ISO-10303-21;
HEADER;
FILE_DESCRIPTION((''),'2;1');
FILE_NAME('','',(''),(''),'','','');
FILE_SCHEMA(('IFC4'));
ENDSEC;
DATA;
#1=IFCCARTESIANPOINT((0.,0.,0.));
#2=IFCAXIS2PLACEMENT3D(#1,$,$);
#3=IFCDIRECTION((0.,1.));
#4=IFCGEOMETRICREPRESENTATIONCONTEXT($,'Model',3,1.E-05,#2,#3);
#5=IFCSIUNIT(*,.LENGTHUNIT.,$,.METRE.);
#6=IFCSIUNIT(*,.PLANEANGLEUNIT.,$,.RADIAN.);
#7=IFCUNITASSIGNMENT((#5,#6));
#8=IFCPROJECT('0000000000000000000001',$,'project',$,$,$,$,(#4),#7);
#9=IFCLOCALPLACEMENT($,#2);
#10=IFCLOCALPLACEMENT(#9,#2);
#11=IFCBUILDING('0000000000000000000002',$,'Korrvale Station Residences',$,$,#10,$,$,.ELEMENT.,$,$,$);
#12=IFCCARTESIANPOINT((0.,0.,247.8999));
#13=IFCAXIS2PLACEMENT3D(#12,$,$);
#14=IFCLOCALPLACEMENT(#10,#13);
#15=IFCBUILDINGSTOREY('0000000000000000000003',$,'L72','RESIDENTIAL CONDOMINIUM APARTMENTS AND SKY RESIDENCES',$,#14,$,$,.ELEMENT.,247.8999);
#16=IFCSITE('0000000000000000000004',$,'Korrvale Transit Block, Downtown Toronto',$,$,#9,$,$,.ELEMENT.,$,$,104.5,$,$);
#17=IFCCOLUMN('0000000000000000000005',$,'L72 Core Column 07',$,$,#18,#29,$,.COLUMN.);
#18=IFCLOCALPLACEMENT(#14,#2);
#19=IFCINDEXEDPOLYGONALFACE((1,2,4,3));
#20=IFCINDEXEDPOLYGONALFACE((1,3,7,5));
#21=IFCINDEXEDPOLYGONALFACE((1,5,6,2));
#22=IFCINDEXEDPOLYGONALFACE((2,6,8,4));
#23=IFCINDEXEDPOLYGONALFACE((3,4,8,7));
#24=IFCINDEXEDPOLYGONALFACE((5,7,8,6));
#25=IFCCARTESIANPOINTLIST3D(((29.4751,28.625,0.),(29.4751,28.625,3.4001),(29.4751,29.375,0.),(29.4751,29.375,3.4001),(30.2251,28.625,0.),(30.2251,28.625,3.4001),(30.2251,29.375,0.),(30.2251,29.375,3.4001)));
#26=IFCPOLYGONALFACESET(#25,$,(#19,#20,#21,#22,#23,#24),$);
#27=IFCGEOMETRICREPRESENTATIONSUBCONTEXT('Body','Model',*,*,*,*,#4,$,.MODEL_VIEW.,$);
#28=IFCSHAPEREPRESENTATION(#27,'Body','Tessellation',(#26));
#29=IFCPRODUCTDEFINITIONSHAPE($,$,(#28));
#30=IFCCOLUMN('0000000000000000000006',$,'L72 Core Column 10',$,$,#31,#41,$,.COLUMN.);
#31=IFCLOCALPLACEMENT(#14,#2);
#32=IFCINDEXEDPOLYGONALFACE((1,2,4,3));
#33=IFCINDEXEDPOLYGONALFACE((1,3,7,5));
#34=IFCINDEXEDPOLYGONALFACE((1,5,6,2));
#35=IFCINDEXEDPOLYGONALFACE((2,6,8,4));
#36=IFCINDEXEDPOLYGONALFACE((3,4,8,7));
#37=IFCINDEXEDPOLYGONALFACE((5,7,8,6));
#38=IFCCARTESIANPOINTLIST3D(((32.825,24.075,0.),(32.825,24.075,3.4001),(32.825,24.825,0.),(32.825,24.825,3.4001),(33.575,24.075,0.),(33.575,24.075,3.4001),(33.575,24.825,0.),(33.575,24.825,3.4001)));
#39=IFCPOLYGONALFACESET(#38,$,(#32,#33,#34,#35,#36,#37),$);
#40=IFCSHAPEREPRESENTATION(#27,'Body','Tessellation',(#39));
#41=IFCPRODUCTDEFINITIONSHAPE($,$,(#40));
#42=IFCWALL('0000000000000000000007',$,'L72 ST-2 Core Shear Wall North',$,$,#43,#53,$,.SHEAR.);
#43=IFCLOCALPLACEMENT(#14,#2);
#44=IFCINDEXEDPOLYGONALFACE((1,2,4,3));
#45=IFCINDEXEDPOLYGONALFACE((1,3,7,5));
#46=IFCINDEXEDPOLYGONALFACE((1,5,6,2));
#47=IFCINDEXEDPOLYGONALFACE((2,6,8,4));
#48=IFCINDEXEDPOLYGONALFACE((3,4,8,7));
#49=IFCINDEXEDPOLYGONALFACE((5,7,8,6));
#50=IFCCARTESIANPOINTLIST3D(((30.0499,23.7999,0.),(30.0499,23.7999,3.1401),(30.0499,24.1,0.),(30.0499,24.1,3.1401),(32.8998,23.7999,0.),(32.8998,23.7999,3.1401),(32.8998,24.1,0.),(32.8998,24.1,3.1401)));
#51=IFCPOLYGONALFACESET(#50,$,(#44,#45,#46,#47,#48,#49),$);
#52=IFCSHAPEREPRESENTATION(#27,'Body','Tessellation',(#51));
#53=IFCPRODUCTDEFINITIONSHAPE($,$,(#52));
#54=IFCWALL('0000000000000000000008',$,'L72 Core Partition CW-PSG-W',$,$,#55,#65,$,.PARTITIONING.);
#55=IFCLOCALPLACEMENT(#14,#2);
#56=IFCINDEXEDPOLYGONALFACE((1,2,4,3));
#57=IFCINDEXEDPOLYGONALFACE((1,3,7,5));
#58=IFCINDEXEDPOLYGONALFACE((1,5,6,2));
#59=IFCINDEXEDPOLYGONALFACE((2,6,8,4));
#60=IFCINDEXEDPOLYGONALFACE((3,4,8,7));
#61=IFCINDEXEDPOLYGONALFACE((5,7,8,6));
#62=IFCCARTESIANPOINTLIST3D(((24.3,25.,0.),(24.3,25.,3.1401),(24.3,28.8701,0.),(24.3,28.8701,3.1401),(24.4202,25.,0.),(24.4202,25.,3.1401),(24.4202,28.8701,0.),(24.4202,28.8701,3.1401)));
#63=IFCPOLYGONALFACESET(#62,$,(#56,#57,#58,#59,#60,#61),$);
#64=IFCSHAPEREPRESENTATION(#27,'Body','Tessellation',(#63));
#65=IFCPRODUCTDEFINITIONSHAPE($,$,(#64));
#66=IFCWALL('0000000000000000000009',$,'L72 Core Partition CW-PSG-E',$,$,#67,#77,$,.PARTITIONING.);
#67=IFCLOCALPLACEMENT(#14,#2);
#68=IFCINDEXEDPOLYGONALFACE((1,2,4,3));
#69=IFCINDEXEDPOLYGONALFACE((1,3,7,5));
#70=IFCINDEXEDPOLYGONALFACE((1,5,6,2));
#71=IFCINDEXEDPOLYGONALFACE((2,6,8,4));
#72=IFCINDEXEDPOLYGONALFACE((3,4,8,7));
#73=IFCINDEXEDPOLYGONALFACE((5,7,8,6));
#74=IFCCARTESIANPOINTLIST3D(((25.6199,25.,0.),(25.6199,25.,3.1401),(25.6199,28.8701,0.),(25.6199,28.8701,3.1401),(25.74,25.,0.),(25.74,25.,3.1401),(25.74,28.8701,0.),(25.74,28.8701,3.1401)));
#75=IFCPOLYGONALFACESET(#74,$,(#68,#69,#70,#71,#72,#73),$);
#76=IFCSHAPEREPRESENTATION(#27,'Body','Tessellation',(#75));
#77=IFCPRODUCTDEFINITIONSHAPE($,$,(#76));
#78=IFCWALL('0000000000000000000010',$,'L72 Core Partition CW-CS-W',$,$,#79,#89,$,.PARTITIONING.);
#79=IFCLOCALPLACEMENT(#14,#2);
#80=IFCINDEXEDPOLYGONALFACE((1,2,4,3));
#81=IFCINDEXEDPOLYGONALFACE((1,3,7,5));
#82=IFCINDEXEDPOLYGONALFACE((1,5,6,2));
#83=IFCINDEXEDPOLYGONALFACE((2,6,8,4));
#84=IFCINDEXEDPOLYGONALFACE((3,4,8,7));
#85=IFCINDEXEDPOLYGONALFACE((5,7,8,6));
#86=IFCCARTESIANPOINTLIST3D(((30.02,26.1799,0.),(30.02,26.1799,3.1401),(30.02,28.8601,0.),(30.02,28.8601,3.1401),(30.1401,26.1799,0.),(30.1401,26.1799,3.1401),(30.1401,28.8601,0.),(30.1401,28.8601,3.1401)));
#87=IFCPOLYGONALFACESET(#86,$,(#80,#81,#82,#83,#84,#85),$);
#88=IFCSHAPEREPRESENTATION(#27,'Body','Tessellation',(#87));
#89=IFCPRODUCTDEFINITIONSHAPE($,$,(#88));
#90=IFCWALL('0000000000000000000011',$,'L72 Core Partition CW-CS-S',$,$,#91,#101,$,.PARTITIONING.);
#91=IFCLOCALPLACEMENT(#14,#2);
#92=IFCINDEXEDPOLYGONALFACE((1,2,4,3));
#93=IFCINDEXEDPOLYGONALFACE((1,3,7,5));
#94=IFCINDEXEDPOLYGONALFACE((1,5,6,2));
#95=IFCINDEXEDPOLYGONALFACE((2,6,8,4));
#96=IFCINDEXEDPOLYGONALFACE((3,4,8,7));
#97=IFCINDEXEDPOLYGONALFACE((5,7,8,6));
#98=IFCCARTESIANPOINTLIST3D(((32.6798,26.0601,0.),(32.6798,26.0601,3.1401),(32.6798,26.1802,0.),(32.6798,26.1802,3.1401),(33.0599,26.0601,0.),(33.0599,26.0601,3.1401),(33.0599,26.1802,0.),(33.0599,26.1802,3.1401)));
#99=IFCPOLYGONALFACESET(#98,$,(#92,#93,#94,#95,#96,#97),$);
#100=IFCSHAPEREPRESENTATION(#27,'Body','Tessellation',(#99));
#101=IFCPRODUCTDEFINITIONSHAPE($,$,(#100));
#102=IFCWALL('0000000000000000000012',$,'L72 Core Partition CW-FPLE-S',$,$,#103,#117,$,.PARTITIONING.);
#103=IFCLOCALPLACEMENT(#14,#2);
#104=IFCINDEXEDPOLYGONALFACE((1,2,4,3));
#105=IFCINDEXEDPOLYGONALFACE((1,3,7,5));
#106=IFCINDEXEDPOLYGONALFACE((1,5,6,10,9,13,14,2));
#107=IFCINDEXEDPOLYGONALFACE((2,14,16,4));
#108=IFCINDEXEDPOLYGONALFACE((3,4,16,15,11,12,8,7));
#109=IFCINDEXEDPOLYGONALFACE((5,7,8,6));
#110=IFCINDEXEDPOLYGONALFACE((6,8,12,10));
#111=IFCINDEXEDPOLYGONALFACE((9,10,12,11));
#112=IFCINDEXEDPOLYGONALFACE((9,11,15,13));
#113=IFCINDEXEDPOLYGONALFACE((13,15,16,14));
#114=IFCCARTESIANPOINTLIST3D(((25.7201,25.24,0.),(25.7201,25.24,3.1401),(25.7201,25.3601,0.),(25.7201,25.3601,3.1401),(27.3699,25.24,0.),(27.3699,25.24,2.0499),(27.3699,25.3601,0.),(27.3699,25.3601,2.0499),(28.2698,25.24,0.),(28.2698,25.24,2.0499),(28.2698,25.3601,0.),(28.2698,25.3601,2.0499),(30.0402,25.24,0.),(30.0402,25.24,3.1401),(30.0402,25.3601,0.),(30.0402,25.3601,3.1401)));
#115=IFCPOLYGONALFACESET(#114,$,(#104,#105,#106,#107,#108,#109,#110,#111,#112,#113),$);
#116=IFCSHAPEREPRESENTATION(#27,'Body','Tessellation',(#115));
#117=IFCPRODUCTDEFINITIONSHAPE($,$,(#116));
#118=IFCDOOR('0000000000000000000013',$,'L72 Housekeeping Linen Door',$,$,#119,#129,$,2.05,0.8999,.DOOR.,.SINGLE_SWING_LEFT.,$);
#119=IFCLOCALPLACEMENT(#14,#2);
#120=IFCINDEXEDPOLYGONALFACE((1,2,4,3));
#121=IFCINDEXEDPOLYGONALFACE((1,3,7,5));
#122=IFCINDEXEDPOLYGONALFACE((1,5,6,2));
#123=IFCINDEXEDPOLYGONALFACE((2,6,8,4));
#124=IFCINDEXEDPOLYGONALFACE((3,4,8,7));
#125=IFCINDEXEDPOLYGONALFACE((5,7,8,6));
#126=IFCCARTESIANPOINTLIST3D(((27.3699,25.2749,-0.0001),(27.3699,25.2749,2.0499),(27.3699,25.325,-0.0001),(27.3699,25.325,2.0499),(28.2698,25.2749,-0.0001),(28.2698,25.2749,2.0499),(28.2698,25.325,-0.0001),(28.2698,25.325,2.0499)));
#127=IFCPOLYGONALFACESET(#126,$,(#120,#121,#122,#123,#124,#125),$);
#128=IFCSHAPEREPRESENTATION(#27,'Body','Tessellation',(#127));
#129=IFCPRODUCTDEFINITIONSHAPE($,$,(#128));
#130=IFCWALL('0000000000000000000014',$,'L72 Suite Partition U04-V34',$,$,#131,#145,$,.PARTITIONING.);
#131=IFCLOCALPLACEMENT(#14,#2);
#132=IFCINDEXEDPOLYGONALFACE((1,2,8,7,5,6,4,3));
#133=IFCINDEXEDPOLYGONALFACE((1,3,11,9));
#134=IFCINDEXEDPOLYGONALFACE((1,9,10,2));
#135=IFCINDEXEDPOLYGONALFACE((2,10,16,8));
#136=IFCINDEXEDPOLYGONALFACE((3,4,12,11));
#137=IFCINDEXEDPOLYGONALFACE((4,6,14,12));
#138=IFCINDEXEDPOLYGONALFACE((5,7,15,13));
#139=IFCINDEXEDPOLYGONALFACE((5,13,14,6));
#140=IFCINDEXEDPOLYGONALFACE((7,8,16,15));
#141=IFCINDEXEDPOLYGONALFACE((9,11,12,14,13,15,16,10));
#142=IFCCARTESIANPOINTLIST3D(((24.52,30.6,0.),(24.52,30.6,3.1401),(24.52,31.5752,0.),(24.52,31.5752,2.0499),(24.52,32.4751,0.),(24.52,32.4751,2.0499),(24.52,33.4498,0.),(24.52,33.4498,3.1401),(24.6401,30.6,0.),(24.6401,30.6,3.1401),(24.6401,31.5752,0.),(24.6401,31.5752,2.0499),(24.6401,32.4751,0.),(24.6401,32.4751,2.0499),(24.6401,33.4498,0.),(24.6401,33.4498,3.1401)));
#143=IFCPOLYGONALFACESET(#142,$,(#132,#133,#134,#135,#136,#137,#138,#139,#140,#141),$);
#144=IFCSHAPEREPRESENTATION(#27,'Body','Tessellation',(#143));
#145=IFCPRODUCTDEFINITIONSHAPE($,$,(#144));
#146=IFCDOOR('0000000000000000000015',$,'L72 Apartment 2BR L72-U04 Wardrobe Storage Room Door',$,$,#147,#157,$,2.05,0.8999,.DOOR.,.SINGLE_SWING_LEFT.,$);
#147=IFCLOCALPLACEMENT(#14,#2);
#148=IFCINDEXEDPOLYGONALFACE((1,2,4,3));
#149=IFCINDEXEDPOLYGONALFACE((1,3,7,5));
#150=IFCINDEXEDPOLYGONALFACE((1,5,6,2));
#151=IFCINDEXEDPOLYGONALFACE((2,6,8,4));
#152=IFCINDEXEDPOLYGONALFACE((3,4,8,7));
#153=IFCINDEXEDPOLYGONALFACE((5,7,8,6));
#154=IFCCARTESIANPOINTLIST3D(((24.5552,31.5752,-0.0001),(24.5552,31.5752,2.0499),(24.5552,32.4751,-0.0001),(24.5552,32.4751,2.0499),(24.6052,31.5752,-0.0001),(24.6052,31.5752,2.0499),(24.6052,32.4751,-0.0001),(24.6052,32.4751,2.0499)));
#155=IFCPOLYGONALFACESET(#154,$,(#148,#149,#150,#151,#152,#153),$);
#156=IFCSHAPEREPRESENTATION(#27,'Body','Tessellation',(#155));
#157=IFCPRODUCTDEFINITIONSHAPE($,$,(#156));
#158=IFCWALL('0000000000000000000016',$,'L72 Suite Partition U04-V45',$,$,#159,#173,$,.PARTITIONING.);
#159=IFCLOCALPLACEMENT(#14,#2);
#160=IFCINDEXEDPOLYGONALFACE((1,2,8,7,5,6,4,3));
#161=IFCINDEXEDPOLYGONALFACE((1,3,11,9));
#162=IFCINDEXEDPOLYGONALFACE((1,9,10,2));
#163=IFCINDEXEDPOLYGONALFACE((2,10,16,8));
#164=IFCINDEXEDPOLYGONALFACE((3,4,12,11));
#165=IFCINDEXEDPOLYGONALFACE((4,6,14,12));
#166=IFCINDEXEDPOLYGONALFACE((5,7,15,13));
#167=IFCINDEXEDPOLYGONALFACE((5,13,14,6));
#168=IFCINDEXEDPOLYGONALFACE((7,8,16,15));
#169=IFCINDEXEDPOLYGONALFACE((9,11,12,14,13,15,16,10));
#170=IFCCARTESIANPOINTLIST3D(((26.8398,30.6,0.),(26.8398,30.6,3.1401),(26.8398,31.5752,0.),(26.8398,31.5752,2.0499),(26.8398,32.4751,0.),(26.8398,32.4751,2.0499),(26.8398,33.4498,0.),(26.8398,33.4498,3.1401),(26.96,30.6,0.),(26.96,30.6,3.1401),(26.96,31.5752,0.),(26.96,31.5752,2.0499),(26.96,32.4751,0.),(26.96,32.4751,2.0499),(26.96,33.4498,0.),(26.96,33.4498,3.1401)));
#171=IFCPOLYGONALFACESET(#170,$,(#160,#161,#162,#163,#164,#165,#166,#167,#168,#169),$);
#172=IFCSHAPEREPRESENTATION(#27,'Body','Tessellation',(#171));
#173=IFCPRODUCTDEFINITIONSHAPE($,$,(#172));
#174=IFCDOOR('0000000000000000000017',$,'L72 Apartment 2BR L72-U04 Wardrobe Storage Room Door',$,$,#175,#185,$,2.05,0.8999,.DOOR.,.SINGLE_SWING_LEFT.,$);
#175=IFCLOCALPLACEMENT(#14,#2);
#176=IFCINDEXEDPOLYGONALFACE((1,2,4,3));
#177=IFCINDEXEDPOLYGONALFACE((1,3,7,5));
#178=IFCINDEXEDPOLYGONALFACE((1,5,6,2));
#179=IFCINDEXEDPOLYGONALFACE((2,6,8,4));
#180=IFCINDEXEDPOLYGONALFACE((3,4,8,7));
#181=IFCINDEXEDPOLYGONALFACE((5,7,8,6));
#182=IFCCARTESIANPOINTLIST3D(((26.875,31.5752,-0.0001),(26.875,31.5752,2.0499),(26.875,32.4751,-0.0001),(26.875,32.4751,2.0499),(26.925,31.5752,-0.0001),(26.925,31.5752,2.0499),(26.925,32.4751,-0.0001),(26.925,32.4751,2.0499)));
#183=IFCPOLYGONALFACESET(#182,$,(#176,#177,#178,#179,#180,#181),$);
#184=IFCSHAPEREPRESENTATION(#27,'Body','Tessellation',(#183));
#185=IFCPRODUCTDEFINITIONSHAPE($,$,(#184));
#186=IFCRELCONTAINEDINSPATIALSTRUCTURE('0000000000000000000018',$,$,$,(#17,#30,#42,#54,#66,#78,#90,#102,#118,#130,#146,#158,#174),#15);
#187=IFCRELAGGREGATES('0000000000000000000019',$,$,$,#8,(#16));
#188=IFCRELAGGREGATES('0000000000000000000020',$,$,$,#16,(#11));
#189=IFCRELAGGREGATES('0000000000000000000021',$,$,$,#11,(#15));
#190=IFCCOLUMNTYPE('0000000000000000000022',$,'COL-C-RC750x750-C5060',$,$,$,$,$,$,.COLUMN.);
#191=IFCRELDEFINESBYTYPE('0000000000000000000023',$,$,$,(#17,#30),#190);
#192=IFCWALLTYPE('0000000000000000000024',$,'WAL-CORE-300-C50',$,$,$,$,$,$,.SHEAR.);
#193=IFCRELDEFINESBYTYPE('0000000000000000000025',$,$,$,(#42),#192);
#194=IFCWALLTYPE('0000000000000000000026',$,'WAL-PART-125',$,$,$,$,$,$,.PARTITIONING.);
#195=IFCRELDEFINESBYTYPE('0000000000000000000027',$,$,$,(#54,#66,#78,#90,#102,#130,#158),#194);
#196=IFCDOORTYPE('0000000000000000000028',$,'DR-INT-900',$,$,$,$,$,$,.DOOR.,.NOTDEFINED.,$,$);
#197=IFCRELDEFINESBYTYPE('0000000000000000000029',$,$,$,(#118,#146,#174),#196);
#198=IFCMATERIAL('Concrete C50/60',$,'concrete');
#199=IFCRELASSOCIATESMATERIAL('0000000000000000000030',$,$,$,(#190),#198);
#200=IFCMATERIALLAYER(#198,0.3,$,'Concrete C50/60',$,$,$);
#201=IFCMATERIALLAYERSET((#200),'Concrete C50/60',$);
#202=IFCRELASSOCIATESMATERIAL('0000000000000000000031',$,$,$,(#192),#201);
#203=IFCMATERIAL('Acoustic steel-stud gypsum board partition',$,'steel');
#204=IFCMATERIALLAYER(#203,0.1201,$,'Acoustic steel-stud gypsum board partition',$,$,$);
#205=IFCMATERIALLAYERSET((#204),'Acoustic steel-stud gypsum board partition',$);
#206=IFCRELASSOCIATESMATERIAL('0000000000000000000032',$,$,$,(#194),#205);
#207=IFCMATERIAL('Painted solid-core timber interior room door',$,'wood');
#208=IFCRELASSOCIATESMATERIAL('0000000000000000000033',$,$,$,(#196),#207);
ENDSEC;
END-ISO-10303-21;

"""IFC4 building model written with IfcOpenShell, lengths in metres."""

from ifc_helpers import new_model, si_unit, direction, frame, frame_2d, origin, origin_2d, place, context, subcontext, project, spatial, rectangle, extrude, material, layer, layer_set, material_profile, profile_set, type_object, element, fill, save


model = new_model("IFC4")

# Units and contexts
model_context = context("Model", 3, precision=1e-05, world=origin(), true_north=direction((0.0, 1.0)))
body_context = subcontext(model_context, "Body", "Model", "MODEL_VIEW")
ifc_project = project(units=[si_unit("LENGTHUNIT", "METRE"), si_unit("PLANEANGLEUNIT", "RADIAN")], contexts=[model_context])

# Site, building, storey
site_placement = place(None, origin())
site = spatial("IfcSite", under=ifc_project, at=site_placement, Name="Korrvale Transit Block, Downtown Toronto", CompositionType="ELEMENT", RefElevation=104.5)
building_placement = place(site_placement, origin())
building = spatial("IfcBuilding", under=site, at=building_placement, Name="Korrvale Station Residences", CompositionType="ELEMENT")
storey_placement = place(building_placement, frame((0.0, 0.0, 247.8999)))
storey = spatial("IfcBuildingStorey", under=building, at=storey_placement, Name="L72", Description="RESIDENTIAL CONDOMINIUM APARTMENTS AND SKY RESIDENCES", CompositionType="ELEMENT", Elevation=247.8999)

# Columns
ifc_material_1 = material(Name="Concrete C50/60", Category="concrete")
ifc_material_profile = material_profile(ifc_material_1, rectangle(XDim=0.75, YDim=0.75, at=origin_2d()), Name="RC750x750")
ifc_profile_set = profile_set([ifc_material_profile], Name="Concrete C50/60")
column_type = type_object("IfcColumnType", Name="COL-C-RC750x750-C5060", PredefinedType="COLUMN", material=ifc_profile_set)
for number, where, z_axis, x_axis, name in (
    (1, (29.8501, 29.0, 0.0), (0.0, 0.0, 1.0), (1.0, 0.0, 0.0), "L72 Core Column 07"),
    (2, (33.2, 24.45, 0.0), (0.0, 0.0, 1.0), (1.0, 0.0, 0.0), "L72 Core Column 10"),
):
    element("IfcColumn", number, at=place(storey_placement, frame(where, z_axis=z_axis, x_axis=x_axis)), inside=storey, type_object=column_type, Name=name, PredefinedType="COLUMN", context=body_context, shape_type="SweptSolid", body=[
        extrude(rectangle(XDim=0.75, YDim=0.75, at=origin_2d()), origin(), (0.0, 0.0, 1.0), 3.4001),
    ])

# Walls
ifc_layer_1 = layer(ifc_material_1, 0.3, Name="Concrete C50/60")
ifc_layer_set_1 = layer_set([ifc_layer_1], Name="Concrete C50/60")
wall_type_1 = type_object("IfcWallType", Name="WAL-CORE-300-C50", PredefinedType="SHEAR", material=ifc_layer_set_1)
wall_1_placement = place(storey_placement, frame((30.05, 23.95, 0.0), z_axis=(0.0, 0.0, 1.0), x_axis=(1.0, 0.0, 0.0)))
element("IfcWall", 3, at=wall_1_placement, inside=storey, type_object=wall_type_1, Name="L72 ST-2 Core Shear Wall North", PredefinedType="SHEAR", context=body_context, shape_type="SweptSolid", body=[
    extrude(rectangle(XDim=2.8499, YDim=0.3, at=frame_2d((1.4248, 0.0))), origin(), (0.0, 0.0, 1.0), 3.1401),
])
ifc_material_2 = material(Name="Acoustic steel-stud gypsum board partition", Category="steel")
ifc_layer_2 = layer(ifc_material_2, 0.1201, Name="Acoustic steel-stud gypsum board partition")
ifc_layer_set_2 = layer_set([ifc_layer_2], Name="Acoustic steel-stud gypsum board partition")
wall_type_2 = type_object("IfcWallType", Name="WAL-PART-125", PredefinedType="PARTITIONING", material=ifc_layer_set_2)
for number, where, z_axis, x_axis, name in (
    (4, (24.3601, 25.0, 0.0), (0.0, 0.0, 1.0), (0.0, 1.0, 0.0), "L72 Core Partition CW-PSG-W"),
    (5, (25.6799, 25.0, 0.0), (0.0, 0.0, 1.0), (0.0, 1.0, 0.0), "L72 Core Partition CW-PSG-E"),
):
    element("IfcWall", number, at=place(storey_placement, frame(where, z_axis=z_axis, x_axis=x_axis)), inside=storey, type_object=wall_type_2, Name=name, PredefinedType="PARTITIONING", context=body_context, shape_type="SweptSolid", body=[
        extrude(rectangle(XDim=3.8701, YDim=0.1201, at=frame_2d((1.9351, 0.0))), origin(), (0.0, 0.0, 1.0), 3.1401),
    ])
wall_2_placement = place(storey_placement, frame((30.0801, 26.1799, 0.0), z_axis=(0.0, 0.0, 1.0), x_axis=(0.0, 1.0, 0.0)))
element("IfcWall", 6, at=wall_2_placement, inside=storey, type_object=wall_type_2, Name="L72 Core Partition CW-CS-W", PredefinedType="PARTITIONING", context=body_context, shape_type="SweptSolid", body=[
    extrude(rectangle(XDim=2.6802, YDim=0.1201, at=frame_2d((1.3401, 0.0))), origin(), (0.0, 0.0, 1.0), 3.1401),
])
wall_3_placement = place(storey_placement, frame((32.6799, 26.1201, 0.0), z_axis=(0.0, 0.0, 1.0), x_axis=(1.0, 0.0, 0.0)))
element("IfcWall", 7, at=wall_3_placement, inside=storey, type_object=wall_type_2, Name="L72 Core Partition CW-CS-S", PredefinedType="PARTITIONING", context=body_context, shape_type="SweptSolid", body=[
    extrude(rectangle(XDim=0.3801, YDim=0.1201, at=frame_2d((0.1899, 0.0))), origin(), (0.0, 0.0, 1.0), 3.1401),
])

# Walls, openings, doors
wall_4_placement = place(storey_placement, frame((25.72, 25.3, 0.0), z_axis=(0.0, 0.0, 1.0), x_axis=(1.0, 0.0, 0.0)))
wall_4 = element("IfcWall", 8, at=wall_4_placement, inside=storey, type_object=wall_type_2, Name="L72 Core Partition CW-FPLE-S", PredefinedType="PARTITIONING", context=body_context, shape_type="SweptSolid", body=[
    extrude(rectangle(XDim=4.3201, YDim=0.1201, at=frame_2d((2.1602, 0.0))), origin(), (0.0, 0.0, 1.0), 3.1401),
])
opening_1_placement = place(wall_4_placement, frame((1.6499, 0.0, 0.0)))
opening_1 = element("IfcOpeningElement", 9, at=opening_1_placement, cuts=wall_4, PredefinedType="OPENING", context=body_context, shape_type="SweptSolid", body=[
    extrude(rectangle(XDim=0.8999, YDim=2.05, at=frame_2d((0.45, 1.0249))), frame((0.0, 0.0701, 0.0), z_axis=(0.0, -1.0, 0.0), x_axis=(1.0, 0.0, 0.0)), (0.0, 0.0, 1.0), 0.1401),
])
ifc_material_3 = material(Name="Painted solid-core timber interior room door", Category="wood")
door_type_1 = type_object("IfcDoorType", Name="DR-INT-900", OperationType="NOTDEFINED", PredefinedType="DOOR", material=ifc_material_3)
door_1_placement = place(opening_1_placement, origin())
door_1 = element("IfcDoor", 10, at=door_1_placement, inside=storey, type_object=door_type_1, Name="L72 Housekeeping Linen Door", OperationType="SINGLE_SWING_LEFT", OverallHeight=2.05, OverallWidth=0.8999, PredefinedType="DOOR", context=body_context, shape_type="SweptSolid", body=[
    extrude(rectangle(XDim=0.8999, YDim=2.05, at=frame_2d((0.45, 1.0249))), frame((0.0, 0.0249, 0.0), z_axis=(0.0, -1.0, 0.0), x_axis=(1.0, 0.0, 0.0)), (0.0, 0.0, 1.0), 0.05),
])
fill(opening_1, door_1)
wall_5_placement = place(storey_placement, frame((24.5801, 30.6001, 0.0), z_axis=(0.0, 0.0, 1.0), x_axis=(0.0, 1.0, 0.0)))
wall_5 = element("IfcWall", 11, at=wall_5_placement, inside=storey, type_object=wall_type_2, Name="L72 Suite Partition U04-V34", PredefinedType="PARTITIONING", context=body_context, shape_type="SweptSolid", body=[
    extrude(rectangle(XDim=2.8499, YDim=0.1201, at=frame_2d((1.4248, 0.0))), origin(), (0.0, 0.0, 1.0), 3.1401),
])
opening_2_placement = place(wall_5_placement, frame((0.9751, 0.0, 0.0)))
opening_2 = element("IfcOpeningElement", 12, at=opening_2_placement, cuts=wall_5, PredefinedType="OPENING", context=body_context, shape_type="SweptSolid", body=[
    extrude(rectangle(XDim=0.8999, YDim=2.05, at=frame_2d((0.45, 1.0249))), frame((0.0, 0.0701, 0.0), z_axis=(0.0, -1.0, 0.0), x_axis=(1.0, 0.0, 0.0)), (0.0, 0.0, 1.0), 0.1401),
])
door_2_placement = place(opening_2_placement, origin())
door_2 = element("IfcDoor", 13, at=door_2_placement, inside=storey, type_object=door_type_1, Name="L72 Apartment 2BR L72-U04 Wardrobe Storage Room Door", OperationType="SINGLE_SWING_LEFT", OverallHeight=2.05, OverallWidth=0.8999, PredefinedType="DOOR", context=body_context, shape_type="SweptSolid", body=[
    extrude(rectangle(XDim=0.8999, YDim=2.05, at=frame_2d((0.45, 1.0249))), frame((0.0, 0.0249, 0.0), z_axis=(0.0, -1.0, 0.0), x_axis=(1.0, 0.0, 0.0)), (0.0, 0.0, 1.0), 0.05),
])
fill(opening_2, door_2)
wall_6_placement = place(storey_placement, frame((26.8999, 30.6001, 0.0), z_axis=(0.0, 0.0, 1.0), x_axis=(0.0, 1.0, 0.0)))
wall_6 = element("IfcWall", 14, at=wall_6_placement, inside=storey, type_object=wall_type_2, Name="L72 Suite Partition U04-V45", PredefinedType="PARTITIONING", context=body_context, shape_type="SweptSolid", body=[
    extrude(rectangle(XDim=2.8499, YDim=0.1201, at=frame_2d((1.4248, 0.0))), origin(), (0.0, 0.0, 1.0), 3.1401),
])
opening_3_placement = place(wall_6_placement, frame((0.9751, 0.0, 0.0)))
opening_3 = element("IfcOpeningElement", 15, at=opening_3_placement, cuts=wall_6, PredefinedType="OPENING", context=body_context, shape_type="SweptSolid", body=[
    extrude(rectangle(XDim=0.8999, YDim=2.05, at=frame_2d((0.45, 1.0249))), frame((0.0, 0.0701, 0.0), z_axis=(0.0, -1.0, 0.0), x_axis=(1.0, 0.0, 0.0)), (0.0, 0.0, 1.0), 0.1401),
])
door_3_placement = place(opening_3_placement, origin())
door_3 = element("IfcDoor", 16, at=door_3_placement, inside=storey, type_object=door_type_1, Name="L72 Apartment 2BR L72-U04 Wardrobe Storage Room Door", OperationType="SINGLE_SWING_LEFT", OverallHeight=2.05, OverallWidth=0.8999, PredefinedType="DOOR", context=body_context, shape_type="SweptSolid", body=[
    extrude(rectangle(XDim=0.8999, YDim=2.05, at=frame_2d((0.45, 1.0249))), frame((0.0, 0.0249, 0.0), z_axis=(0.0, -1.0, 0.0), x_axis=(1.0, 0.0, 0.0)), (0.0, 0.0, 1.0), 0.05),
])
fill(opening_3, door_3)

save(model, "model.ifc")
